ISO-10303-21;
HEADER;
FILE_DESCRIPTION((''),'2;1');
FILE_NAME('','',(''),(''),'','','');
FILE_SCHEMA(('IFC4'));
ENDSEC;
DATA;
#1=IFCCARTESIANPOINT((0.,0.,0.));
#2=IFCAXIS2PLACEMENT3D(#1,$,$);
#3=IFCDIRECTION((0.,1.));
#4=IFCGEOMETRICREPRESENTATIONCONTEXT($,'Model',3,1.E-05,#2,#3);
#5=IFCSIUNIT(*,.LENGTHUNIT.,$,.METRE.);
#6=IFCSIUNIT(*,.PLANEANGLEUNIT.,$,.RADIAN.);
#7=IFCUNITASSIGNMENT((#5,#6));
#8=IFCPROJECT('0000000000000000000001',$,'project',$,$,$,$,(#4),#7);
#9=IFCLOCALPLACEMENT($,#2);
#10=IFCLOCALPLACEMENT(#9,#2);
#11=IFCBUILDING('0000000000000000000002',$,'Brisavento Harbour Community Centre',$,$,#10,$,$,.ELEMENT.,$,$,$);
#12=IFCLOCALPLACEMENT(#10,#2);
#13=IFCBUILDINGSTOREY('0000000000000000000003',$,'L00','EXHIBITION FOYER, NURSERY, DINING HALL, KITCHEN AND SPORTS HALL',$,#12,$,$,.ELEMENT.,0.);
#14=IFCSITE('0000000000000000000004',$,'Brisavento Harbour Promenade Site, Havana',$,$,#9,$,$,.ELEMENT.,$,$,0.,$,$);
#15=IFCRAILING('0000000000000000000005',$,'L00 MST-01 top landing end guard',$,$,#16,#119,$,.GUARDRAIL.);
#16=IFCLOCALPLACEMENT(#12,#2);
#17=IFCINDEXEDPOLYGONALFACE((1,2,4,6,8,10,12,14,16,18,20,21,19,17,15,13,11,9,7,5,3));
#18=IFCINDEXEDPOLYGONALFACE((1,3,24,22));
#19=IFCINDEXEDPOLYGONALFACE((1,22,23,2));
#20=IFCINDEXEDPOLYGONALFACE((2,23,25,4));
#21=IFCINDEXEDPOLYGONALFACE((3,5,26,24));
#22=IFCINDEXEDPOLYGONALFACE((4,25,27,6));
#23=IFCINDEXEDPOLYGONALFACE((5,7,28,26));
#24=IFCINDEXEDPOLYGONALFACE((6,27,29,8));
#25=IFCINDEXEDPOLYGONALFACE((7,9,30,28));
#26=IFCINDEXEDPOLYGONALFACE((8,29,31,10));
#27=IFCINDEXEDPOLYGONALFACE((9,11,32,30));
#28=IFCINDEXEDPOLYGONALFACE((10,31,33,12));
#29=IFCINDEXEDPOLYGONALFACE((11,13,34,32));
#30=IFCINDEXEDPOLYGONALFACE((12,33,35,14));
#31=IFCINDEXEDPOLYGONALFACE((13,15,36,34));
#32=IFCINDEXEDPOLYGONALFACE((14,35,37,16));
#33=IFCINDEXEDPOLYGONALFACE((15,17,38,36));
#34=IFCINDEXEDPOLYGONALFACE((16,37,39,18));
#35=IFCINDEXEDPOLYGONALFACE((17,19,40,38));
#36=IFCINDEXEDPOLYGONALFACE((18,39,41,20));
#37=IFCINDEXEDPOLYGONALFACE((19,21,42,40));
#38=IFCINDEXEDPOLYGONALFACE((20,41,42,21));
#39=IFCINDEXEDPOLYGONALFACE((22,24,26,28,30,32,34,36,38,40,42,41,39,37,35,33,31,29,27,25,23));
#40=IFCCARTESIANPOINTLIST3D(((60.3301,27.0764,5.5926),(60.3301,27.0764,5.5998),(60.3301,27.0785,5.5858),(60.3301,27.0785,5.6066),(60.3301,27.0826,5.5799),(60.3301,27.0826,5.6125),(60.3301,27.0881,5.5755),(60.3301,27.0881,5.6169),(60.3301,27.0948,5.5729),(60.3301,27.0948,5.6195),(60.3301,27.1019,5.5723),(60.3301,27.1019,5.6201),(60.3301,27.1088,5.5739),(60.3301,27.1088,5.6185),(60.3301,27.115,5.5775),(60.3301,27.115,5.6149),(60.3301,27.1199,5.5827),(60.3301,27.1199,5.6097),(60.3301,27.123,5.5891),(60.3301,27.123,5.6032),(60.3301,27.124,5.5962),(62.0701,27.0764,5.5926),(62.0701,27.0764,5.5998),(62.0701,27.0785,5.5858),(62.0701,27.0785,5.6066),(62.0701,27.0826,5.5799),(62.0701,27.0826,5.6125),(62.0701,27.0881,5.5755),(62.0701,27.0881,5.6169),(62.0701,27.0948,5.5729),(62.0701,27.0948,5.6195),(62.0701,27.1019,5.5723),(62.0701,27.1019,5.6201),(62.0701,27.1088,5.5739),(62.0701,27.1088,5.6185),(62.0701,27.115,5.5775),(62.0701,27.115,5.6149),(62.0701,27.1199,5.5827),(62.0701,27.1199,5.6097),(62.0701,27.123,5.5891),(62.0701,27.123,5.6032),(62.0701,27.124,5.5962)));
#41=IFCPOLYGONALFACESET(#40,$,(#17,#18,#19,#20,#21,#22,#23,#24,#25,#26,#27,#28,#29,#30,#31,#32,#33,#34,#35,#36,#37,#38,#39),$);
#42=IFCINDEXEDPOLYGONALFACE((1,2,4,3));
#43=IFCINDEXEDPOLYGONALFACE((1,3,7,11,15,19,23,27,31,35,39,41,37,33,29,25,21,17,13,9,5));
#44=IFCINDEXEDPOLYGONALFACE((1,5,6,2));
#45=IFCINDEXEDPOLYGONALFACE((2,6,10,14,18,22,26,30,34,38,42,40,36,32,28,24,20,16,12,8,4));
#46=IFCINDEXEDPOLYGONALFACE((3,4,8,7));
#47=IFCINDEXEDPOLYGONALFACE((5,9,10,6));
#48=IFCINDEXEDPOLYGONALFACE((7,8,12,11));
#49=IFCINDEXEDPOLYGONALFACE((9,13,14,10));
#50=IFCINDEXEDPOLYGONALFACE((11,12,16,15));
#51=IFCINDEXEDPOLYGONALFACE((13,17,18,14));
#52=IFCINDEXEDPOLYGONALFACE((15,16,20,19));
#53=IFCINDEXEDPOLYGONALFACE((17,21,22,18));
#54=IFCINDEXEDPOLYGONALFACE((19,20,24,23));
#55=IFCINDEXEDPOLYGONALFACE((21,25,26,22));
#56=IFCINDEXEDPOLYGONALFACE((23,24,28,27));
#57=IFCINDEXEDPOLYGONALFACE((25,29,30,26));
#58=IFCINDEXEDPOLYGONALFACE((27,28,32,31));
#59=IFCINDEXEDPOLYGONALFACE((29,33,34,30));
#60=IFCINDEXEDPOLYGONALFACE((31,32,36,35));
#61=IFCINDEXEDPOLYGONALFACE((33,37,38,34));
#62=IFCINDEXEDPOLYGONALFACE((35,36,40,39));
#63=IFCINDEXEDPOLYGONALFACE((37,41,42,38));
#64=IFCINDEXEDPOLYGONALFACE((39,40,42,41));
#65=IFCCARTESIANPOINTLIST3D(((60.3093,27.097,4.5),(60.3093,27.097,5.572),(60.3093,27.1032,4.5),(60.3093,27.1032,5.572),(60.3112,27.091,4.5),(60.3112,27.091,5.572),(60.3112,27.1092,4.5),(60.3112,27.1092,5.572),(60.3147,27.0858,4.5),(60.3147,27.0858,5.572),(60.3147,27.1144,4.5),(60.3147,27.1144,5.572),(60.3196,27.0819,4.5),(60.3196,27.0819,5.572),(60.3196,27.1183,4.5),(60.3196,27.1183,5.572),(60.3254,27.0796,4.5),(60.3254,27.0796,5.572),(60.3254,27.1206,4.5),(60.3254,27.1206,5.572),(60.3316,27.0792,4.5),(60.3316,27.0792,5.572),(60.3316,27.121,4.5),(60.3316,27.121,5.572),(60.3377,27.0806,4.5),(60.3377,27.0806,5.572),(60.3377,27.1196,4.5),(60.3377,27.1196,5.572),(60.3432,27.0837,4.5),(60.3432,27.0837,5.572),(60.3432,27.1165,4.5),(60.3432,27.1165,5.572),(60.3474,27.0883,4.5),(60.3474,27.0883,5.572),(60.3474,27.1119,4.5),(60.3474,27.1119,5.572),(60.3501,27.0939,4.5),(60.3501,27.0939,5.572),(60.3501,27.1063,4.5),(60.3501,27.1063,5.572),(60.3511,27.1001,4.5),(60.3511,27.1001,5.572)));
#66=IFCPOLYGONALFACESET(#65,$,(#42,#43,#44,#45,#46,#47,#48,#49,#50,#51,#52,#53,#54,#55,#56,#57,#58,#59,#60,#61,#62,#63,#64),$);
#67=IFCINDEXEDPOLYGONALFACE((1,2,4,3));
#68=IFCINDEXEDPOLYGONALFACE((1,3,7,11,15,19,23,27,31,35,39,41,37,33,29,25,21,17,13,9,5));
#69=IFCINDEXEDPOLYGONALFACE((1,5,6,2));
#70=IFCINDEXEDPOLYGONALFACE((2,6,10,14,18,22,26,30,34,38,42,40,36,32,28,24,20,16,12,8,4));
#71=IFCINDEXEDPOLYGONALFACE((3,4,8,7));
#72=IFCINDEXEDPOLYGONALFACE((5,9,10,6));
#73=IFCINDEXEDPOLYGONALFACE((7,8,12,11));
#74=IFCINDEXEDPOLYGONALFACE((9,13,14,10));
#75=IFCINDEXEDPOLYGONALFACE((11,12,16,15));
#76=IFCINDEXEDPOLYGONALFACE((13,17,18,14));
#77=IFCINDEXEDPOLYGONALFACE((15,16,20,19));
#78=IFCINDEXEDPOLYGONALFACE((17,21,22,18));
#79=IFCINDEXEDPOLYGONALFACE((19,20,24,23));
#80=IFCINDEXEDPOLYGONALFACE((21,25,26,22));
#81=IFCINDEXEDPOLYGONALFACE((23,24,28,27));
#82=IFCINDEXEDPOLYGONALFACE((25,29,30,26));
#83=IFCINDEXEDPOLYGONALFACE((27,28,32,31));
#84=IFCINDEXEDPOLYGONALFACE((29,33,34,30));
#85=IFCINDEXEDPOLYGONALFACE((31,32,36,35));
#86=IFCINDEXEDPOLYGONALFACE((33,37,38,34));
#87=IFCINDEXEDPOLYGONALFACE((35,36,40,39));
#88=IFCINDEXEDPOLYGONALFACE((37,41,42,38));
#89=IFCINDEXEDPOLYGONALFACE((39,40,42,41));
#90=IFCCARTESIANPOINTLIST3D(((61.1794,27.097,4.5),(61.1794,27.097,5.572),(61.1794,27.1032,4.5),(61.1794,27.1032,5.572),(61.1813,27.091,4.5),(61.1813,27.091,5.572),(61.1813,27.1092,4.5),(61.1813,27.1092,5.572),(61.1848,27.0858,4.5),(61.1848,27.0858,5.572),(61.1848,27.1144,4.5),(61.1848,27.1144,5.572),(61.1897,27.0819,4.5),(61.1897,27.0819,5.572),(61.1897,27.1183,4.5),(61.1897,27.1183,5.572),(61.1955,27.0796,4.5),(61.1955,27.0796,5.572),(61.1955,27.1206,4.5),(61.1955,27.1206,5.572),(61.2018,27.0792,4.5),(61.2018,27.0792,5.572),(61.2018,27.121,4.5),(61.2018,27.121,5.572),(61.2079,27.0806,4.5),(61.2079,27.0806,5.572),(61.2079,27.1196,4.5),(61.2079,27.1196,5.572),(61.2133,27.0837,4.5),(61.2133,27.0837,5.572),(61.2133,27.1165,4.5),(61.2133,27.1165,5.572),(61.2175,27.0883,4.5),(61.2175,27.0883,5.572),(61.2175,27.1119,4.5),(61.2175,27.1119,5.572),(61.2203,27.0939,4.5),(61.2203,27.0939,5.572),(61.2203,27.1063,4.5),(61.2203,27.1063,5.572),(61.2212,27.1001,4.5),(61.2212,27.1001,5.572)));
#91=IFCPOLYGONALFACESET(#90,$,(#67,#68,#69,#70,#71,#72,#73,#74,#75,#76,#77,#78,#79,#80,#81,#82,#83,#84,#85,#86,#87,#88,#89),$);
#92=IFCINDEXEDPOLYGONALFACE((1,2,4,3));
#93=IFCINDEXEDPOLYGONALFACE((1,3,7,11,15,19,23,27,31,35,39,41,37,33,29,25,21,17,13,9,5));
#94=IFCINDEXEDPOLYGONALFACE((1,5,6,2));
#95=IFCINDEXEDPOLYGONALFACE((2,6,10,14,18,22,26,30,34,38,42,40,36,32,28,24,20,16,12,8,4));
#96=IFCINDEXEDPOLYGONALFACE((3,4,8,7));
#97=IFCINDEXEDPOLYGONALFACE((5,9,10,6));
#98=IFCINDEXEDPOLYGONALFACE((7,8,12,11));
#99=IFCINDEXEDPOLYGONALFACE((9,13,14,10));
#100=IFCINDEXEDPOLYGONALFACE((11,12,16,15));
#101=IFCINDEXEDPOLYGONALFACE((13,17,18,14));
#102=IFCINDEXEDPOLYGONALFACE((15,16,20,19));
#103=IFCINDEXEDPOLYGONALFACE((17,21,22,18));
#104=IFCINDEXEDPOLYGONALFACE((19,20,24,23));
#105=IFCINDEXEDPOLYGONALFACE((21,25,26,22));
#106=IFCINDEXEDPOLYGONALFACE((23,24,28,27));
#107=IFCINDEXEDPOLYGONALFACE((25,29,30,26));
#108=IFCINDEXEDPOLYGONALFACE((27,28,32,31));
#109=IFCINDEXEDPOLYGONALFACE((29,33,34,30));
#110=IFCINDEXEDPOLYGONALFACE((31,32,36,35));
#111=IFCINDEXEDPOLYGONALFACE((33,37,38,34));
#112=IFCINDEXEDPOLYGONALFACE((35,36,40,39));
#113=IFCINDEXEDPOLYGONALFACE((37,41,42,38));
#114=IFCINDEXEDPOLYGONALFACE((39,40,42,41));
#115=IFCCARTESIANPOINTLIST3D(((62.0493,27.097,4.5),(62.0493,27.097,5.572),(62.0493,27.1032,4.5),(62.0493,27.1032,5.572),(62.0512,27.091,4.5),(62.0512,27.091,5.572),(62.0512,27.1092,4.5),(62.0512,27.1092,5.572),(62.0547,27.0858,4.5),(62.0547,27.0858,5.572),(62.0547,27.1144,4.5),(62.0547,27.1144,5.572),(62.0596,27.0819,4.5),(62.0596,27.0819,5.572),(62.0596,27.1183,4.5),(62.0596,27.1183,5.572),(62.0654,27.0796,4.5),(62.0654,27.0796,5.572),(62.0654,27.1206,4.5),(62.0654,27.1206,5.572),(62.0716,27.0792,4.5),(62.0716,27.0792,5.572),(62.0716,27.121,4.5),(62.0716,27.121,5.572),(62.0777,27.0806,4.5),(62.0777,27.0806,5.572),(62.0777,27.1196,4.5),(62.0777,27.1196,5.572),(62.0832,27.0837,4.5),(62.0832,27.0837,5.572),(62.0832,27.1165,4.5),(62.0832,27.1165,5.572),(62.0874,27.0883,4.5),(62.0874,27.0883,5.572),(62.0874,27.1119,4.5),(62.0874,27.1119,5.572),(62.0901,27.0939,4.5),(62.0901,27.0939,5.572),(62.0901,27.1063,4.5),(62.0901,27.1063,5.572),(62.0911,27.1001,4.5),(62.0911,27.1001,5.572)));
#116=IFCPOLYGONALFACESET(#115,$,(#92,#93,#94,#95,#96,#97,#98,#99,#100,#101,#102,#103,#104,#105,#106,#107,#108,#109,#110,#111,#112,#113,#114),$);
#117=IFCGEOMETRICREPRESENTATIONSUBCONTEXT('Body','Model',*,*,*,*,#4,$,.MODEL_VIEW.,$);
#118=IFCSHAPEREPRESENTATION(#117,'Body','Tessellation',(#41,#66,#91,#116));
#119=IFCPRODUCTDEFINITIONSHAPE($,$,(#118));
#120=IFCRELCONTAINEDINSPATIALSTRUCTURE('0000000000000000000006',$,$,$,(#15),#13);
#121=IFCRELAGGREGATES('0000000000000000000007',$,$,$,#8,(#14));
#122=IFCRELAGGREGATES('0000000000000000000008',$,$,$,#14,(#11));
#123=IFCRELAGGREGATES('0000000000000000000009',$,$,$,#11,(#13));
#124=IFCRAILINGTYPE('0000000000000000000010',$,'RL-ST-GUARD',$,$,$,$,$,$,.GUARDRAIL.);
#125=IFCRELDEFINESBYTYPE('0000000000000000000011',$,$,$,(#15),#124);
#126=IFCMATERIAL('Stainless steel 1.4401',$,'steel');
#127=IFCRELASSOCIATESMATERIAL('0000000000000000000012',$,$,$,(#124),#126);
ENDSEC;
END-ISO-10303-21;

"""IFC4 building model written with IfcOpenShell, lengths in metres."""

from ifc_helpers import new_model, si_unit, direction, frame, origin, origin_2d, place, context, subcontext, project, spatial, circle, extrude, material, type_object, element, save


model = new_model("IFC4")

# Units and contexts
model_context = context("Model", 3, precision=1e-05, world=origin(), true_north=direction((0.0, 1.0)))
body_context = subcontext(model_context, "Body", "Model", "MODEL_VIEW")
ifc_project = project(units=[si_unit("LENGTHUNIT", "METRE"), si_unit("PLANEANGLEUNIT", "RADIAN")], contexts=[model_context])

# Site, building, storey
site_placement = place(None, origin())
site = spatial("IfcSite", under=ifc_project, at=site_placement, Name="Brisavento Harbour Promenade Site, Havana", CompositionType="ELEMENT", RefElevation=0.0)
building_placement = place(site_placement, origin())
building = spatial("IfcBuilding", under=site, at=building_placement, Name="Brisavento Harbour Community Centre", CompositionType="ELEMENT")
storey_placement = place(building_placement, origin())
storey = spatial("IfcBuildingStorey", under=building, at=storey_placement, Name="L00", Description="EXHIBITION FOYER, NURSERY, DINING HALL, KITCHEN AND SPORTS HALL", CompositionType="ELEMENT", Elevation=0.0)

# Railing
ifc_material_1 = material(Name="Stainless steel 1.4401", Category="steel")
railing_type_1 = type_object("IfcRailingType", Name="RL-ST-GUARD", PredefinedType="GUARDRAIL", material=ifc_material_1)
railing_1_placement = place(storey_placement, frame((60.3301, 27.1001, 4.5)))
element("IfcRailing", 1, at=railing_1_placement, inside=storey, type_object=railing_type_1, Name="L00 MST-01 top landing end guard", PredefinedType="GUARDRAIL", context=body_context, shape_type="SweptSolid", body=[
    extrude(circle(Radius=0.0239, at=origin_2d()), frame((0.0, 0.0, 1.0962), z_axis=(1.0, 0.0, 0.0), x_axis=(0.0, 1.0, 0.0)), (0.0, 0.0, 1.0), 1.74),
    extrude(circle(Radius=0.021, at=origin_2d()), origin(), (0.0, 0.0, 1.0), 1.072),
    extrude(circle(Radius=0.021, at=origin_2d()), frame((0.8701, 0.0, 0.0)), (0.0, 0.0, 1.0), 1.072),
    extrude(circle(Radius=0.021, at=origin_2d()), frame((1.74, 0.0, 0.0)), (0.0, 0.0, 1.0), 1.072),
])

save(model, "model.ifc")
